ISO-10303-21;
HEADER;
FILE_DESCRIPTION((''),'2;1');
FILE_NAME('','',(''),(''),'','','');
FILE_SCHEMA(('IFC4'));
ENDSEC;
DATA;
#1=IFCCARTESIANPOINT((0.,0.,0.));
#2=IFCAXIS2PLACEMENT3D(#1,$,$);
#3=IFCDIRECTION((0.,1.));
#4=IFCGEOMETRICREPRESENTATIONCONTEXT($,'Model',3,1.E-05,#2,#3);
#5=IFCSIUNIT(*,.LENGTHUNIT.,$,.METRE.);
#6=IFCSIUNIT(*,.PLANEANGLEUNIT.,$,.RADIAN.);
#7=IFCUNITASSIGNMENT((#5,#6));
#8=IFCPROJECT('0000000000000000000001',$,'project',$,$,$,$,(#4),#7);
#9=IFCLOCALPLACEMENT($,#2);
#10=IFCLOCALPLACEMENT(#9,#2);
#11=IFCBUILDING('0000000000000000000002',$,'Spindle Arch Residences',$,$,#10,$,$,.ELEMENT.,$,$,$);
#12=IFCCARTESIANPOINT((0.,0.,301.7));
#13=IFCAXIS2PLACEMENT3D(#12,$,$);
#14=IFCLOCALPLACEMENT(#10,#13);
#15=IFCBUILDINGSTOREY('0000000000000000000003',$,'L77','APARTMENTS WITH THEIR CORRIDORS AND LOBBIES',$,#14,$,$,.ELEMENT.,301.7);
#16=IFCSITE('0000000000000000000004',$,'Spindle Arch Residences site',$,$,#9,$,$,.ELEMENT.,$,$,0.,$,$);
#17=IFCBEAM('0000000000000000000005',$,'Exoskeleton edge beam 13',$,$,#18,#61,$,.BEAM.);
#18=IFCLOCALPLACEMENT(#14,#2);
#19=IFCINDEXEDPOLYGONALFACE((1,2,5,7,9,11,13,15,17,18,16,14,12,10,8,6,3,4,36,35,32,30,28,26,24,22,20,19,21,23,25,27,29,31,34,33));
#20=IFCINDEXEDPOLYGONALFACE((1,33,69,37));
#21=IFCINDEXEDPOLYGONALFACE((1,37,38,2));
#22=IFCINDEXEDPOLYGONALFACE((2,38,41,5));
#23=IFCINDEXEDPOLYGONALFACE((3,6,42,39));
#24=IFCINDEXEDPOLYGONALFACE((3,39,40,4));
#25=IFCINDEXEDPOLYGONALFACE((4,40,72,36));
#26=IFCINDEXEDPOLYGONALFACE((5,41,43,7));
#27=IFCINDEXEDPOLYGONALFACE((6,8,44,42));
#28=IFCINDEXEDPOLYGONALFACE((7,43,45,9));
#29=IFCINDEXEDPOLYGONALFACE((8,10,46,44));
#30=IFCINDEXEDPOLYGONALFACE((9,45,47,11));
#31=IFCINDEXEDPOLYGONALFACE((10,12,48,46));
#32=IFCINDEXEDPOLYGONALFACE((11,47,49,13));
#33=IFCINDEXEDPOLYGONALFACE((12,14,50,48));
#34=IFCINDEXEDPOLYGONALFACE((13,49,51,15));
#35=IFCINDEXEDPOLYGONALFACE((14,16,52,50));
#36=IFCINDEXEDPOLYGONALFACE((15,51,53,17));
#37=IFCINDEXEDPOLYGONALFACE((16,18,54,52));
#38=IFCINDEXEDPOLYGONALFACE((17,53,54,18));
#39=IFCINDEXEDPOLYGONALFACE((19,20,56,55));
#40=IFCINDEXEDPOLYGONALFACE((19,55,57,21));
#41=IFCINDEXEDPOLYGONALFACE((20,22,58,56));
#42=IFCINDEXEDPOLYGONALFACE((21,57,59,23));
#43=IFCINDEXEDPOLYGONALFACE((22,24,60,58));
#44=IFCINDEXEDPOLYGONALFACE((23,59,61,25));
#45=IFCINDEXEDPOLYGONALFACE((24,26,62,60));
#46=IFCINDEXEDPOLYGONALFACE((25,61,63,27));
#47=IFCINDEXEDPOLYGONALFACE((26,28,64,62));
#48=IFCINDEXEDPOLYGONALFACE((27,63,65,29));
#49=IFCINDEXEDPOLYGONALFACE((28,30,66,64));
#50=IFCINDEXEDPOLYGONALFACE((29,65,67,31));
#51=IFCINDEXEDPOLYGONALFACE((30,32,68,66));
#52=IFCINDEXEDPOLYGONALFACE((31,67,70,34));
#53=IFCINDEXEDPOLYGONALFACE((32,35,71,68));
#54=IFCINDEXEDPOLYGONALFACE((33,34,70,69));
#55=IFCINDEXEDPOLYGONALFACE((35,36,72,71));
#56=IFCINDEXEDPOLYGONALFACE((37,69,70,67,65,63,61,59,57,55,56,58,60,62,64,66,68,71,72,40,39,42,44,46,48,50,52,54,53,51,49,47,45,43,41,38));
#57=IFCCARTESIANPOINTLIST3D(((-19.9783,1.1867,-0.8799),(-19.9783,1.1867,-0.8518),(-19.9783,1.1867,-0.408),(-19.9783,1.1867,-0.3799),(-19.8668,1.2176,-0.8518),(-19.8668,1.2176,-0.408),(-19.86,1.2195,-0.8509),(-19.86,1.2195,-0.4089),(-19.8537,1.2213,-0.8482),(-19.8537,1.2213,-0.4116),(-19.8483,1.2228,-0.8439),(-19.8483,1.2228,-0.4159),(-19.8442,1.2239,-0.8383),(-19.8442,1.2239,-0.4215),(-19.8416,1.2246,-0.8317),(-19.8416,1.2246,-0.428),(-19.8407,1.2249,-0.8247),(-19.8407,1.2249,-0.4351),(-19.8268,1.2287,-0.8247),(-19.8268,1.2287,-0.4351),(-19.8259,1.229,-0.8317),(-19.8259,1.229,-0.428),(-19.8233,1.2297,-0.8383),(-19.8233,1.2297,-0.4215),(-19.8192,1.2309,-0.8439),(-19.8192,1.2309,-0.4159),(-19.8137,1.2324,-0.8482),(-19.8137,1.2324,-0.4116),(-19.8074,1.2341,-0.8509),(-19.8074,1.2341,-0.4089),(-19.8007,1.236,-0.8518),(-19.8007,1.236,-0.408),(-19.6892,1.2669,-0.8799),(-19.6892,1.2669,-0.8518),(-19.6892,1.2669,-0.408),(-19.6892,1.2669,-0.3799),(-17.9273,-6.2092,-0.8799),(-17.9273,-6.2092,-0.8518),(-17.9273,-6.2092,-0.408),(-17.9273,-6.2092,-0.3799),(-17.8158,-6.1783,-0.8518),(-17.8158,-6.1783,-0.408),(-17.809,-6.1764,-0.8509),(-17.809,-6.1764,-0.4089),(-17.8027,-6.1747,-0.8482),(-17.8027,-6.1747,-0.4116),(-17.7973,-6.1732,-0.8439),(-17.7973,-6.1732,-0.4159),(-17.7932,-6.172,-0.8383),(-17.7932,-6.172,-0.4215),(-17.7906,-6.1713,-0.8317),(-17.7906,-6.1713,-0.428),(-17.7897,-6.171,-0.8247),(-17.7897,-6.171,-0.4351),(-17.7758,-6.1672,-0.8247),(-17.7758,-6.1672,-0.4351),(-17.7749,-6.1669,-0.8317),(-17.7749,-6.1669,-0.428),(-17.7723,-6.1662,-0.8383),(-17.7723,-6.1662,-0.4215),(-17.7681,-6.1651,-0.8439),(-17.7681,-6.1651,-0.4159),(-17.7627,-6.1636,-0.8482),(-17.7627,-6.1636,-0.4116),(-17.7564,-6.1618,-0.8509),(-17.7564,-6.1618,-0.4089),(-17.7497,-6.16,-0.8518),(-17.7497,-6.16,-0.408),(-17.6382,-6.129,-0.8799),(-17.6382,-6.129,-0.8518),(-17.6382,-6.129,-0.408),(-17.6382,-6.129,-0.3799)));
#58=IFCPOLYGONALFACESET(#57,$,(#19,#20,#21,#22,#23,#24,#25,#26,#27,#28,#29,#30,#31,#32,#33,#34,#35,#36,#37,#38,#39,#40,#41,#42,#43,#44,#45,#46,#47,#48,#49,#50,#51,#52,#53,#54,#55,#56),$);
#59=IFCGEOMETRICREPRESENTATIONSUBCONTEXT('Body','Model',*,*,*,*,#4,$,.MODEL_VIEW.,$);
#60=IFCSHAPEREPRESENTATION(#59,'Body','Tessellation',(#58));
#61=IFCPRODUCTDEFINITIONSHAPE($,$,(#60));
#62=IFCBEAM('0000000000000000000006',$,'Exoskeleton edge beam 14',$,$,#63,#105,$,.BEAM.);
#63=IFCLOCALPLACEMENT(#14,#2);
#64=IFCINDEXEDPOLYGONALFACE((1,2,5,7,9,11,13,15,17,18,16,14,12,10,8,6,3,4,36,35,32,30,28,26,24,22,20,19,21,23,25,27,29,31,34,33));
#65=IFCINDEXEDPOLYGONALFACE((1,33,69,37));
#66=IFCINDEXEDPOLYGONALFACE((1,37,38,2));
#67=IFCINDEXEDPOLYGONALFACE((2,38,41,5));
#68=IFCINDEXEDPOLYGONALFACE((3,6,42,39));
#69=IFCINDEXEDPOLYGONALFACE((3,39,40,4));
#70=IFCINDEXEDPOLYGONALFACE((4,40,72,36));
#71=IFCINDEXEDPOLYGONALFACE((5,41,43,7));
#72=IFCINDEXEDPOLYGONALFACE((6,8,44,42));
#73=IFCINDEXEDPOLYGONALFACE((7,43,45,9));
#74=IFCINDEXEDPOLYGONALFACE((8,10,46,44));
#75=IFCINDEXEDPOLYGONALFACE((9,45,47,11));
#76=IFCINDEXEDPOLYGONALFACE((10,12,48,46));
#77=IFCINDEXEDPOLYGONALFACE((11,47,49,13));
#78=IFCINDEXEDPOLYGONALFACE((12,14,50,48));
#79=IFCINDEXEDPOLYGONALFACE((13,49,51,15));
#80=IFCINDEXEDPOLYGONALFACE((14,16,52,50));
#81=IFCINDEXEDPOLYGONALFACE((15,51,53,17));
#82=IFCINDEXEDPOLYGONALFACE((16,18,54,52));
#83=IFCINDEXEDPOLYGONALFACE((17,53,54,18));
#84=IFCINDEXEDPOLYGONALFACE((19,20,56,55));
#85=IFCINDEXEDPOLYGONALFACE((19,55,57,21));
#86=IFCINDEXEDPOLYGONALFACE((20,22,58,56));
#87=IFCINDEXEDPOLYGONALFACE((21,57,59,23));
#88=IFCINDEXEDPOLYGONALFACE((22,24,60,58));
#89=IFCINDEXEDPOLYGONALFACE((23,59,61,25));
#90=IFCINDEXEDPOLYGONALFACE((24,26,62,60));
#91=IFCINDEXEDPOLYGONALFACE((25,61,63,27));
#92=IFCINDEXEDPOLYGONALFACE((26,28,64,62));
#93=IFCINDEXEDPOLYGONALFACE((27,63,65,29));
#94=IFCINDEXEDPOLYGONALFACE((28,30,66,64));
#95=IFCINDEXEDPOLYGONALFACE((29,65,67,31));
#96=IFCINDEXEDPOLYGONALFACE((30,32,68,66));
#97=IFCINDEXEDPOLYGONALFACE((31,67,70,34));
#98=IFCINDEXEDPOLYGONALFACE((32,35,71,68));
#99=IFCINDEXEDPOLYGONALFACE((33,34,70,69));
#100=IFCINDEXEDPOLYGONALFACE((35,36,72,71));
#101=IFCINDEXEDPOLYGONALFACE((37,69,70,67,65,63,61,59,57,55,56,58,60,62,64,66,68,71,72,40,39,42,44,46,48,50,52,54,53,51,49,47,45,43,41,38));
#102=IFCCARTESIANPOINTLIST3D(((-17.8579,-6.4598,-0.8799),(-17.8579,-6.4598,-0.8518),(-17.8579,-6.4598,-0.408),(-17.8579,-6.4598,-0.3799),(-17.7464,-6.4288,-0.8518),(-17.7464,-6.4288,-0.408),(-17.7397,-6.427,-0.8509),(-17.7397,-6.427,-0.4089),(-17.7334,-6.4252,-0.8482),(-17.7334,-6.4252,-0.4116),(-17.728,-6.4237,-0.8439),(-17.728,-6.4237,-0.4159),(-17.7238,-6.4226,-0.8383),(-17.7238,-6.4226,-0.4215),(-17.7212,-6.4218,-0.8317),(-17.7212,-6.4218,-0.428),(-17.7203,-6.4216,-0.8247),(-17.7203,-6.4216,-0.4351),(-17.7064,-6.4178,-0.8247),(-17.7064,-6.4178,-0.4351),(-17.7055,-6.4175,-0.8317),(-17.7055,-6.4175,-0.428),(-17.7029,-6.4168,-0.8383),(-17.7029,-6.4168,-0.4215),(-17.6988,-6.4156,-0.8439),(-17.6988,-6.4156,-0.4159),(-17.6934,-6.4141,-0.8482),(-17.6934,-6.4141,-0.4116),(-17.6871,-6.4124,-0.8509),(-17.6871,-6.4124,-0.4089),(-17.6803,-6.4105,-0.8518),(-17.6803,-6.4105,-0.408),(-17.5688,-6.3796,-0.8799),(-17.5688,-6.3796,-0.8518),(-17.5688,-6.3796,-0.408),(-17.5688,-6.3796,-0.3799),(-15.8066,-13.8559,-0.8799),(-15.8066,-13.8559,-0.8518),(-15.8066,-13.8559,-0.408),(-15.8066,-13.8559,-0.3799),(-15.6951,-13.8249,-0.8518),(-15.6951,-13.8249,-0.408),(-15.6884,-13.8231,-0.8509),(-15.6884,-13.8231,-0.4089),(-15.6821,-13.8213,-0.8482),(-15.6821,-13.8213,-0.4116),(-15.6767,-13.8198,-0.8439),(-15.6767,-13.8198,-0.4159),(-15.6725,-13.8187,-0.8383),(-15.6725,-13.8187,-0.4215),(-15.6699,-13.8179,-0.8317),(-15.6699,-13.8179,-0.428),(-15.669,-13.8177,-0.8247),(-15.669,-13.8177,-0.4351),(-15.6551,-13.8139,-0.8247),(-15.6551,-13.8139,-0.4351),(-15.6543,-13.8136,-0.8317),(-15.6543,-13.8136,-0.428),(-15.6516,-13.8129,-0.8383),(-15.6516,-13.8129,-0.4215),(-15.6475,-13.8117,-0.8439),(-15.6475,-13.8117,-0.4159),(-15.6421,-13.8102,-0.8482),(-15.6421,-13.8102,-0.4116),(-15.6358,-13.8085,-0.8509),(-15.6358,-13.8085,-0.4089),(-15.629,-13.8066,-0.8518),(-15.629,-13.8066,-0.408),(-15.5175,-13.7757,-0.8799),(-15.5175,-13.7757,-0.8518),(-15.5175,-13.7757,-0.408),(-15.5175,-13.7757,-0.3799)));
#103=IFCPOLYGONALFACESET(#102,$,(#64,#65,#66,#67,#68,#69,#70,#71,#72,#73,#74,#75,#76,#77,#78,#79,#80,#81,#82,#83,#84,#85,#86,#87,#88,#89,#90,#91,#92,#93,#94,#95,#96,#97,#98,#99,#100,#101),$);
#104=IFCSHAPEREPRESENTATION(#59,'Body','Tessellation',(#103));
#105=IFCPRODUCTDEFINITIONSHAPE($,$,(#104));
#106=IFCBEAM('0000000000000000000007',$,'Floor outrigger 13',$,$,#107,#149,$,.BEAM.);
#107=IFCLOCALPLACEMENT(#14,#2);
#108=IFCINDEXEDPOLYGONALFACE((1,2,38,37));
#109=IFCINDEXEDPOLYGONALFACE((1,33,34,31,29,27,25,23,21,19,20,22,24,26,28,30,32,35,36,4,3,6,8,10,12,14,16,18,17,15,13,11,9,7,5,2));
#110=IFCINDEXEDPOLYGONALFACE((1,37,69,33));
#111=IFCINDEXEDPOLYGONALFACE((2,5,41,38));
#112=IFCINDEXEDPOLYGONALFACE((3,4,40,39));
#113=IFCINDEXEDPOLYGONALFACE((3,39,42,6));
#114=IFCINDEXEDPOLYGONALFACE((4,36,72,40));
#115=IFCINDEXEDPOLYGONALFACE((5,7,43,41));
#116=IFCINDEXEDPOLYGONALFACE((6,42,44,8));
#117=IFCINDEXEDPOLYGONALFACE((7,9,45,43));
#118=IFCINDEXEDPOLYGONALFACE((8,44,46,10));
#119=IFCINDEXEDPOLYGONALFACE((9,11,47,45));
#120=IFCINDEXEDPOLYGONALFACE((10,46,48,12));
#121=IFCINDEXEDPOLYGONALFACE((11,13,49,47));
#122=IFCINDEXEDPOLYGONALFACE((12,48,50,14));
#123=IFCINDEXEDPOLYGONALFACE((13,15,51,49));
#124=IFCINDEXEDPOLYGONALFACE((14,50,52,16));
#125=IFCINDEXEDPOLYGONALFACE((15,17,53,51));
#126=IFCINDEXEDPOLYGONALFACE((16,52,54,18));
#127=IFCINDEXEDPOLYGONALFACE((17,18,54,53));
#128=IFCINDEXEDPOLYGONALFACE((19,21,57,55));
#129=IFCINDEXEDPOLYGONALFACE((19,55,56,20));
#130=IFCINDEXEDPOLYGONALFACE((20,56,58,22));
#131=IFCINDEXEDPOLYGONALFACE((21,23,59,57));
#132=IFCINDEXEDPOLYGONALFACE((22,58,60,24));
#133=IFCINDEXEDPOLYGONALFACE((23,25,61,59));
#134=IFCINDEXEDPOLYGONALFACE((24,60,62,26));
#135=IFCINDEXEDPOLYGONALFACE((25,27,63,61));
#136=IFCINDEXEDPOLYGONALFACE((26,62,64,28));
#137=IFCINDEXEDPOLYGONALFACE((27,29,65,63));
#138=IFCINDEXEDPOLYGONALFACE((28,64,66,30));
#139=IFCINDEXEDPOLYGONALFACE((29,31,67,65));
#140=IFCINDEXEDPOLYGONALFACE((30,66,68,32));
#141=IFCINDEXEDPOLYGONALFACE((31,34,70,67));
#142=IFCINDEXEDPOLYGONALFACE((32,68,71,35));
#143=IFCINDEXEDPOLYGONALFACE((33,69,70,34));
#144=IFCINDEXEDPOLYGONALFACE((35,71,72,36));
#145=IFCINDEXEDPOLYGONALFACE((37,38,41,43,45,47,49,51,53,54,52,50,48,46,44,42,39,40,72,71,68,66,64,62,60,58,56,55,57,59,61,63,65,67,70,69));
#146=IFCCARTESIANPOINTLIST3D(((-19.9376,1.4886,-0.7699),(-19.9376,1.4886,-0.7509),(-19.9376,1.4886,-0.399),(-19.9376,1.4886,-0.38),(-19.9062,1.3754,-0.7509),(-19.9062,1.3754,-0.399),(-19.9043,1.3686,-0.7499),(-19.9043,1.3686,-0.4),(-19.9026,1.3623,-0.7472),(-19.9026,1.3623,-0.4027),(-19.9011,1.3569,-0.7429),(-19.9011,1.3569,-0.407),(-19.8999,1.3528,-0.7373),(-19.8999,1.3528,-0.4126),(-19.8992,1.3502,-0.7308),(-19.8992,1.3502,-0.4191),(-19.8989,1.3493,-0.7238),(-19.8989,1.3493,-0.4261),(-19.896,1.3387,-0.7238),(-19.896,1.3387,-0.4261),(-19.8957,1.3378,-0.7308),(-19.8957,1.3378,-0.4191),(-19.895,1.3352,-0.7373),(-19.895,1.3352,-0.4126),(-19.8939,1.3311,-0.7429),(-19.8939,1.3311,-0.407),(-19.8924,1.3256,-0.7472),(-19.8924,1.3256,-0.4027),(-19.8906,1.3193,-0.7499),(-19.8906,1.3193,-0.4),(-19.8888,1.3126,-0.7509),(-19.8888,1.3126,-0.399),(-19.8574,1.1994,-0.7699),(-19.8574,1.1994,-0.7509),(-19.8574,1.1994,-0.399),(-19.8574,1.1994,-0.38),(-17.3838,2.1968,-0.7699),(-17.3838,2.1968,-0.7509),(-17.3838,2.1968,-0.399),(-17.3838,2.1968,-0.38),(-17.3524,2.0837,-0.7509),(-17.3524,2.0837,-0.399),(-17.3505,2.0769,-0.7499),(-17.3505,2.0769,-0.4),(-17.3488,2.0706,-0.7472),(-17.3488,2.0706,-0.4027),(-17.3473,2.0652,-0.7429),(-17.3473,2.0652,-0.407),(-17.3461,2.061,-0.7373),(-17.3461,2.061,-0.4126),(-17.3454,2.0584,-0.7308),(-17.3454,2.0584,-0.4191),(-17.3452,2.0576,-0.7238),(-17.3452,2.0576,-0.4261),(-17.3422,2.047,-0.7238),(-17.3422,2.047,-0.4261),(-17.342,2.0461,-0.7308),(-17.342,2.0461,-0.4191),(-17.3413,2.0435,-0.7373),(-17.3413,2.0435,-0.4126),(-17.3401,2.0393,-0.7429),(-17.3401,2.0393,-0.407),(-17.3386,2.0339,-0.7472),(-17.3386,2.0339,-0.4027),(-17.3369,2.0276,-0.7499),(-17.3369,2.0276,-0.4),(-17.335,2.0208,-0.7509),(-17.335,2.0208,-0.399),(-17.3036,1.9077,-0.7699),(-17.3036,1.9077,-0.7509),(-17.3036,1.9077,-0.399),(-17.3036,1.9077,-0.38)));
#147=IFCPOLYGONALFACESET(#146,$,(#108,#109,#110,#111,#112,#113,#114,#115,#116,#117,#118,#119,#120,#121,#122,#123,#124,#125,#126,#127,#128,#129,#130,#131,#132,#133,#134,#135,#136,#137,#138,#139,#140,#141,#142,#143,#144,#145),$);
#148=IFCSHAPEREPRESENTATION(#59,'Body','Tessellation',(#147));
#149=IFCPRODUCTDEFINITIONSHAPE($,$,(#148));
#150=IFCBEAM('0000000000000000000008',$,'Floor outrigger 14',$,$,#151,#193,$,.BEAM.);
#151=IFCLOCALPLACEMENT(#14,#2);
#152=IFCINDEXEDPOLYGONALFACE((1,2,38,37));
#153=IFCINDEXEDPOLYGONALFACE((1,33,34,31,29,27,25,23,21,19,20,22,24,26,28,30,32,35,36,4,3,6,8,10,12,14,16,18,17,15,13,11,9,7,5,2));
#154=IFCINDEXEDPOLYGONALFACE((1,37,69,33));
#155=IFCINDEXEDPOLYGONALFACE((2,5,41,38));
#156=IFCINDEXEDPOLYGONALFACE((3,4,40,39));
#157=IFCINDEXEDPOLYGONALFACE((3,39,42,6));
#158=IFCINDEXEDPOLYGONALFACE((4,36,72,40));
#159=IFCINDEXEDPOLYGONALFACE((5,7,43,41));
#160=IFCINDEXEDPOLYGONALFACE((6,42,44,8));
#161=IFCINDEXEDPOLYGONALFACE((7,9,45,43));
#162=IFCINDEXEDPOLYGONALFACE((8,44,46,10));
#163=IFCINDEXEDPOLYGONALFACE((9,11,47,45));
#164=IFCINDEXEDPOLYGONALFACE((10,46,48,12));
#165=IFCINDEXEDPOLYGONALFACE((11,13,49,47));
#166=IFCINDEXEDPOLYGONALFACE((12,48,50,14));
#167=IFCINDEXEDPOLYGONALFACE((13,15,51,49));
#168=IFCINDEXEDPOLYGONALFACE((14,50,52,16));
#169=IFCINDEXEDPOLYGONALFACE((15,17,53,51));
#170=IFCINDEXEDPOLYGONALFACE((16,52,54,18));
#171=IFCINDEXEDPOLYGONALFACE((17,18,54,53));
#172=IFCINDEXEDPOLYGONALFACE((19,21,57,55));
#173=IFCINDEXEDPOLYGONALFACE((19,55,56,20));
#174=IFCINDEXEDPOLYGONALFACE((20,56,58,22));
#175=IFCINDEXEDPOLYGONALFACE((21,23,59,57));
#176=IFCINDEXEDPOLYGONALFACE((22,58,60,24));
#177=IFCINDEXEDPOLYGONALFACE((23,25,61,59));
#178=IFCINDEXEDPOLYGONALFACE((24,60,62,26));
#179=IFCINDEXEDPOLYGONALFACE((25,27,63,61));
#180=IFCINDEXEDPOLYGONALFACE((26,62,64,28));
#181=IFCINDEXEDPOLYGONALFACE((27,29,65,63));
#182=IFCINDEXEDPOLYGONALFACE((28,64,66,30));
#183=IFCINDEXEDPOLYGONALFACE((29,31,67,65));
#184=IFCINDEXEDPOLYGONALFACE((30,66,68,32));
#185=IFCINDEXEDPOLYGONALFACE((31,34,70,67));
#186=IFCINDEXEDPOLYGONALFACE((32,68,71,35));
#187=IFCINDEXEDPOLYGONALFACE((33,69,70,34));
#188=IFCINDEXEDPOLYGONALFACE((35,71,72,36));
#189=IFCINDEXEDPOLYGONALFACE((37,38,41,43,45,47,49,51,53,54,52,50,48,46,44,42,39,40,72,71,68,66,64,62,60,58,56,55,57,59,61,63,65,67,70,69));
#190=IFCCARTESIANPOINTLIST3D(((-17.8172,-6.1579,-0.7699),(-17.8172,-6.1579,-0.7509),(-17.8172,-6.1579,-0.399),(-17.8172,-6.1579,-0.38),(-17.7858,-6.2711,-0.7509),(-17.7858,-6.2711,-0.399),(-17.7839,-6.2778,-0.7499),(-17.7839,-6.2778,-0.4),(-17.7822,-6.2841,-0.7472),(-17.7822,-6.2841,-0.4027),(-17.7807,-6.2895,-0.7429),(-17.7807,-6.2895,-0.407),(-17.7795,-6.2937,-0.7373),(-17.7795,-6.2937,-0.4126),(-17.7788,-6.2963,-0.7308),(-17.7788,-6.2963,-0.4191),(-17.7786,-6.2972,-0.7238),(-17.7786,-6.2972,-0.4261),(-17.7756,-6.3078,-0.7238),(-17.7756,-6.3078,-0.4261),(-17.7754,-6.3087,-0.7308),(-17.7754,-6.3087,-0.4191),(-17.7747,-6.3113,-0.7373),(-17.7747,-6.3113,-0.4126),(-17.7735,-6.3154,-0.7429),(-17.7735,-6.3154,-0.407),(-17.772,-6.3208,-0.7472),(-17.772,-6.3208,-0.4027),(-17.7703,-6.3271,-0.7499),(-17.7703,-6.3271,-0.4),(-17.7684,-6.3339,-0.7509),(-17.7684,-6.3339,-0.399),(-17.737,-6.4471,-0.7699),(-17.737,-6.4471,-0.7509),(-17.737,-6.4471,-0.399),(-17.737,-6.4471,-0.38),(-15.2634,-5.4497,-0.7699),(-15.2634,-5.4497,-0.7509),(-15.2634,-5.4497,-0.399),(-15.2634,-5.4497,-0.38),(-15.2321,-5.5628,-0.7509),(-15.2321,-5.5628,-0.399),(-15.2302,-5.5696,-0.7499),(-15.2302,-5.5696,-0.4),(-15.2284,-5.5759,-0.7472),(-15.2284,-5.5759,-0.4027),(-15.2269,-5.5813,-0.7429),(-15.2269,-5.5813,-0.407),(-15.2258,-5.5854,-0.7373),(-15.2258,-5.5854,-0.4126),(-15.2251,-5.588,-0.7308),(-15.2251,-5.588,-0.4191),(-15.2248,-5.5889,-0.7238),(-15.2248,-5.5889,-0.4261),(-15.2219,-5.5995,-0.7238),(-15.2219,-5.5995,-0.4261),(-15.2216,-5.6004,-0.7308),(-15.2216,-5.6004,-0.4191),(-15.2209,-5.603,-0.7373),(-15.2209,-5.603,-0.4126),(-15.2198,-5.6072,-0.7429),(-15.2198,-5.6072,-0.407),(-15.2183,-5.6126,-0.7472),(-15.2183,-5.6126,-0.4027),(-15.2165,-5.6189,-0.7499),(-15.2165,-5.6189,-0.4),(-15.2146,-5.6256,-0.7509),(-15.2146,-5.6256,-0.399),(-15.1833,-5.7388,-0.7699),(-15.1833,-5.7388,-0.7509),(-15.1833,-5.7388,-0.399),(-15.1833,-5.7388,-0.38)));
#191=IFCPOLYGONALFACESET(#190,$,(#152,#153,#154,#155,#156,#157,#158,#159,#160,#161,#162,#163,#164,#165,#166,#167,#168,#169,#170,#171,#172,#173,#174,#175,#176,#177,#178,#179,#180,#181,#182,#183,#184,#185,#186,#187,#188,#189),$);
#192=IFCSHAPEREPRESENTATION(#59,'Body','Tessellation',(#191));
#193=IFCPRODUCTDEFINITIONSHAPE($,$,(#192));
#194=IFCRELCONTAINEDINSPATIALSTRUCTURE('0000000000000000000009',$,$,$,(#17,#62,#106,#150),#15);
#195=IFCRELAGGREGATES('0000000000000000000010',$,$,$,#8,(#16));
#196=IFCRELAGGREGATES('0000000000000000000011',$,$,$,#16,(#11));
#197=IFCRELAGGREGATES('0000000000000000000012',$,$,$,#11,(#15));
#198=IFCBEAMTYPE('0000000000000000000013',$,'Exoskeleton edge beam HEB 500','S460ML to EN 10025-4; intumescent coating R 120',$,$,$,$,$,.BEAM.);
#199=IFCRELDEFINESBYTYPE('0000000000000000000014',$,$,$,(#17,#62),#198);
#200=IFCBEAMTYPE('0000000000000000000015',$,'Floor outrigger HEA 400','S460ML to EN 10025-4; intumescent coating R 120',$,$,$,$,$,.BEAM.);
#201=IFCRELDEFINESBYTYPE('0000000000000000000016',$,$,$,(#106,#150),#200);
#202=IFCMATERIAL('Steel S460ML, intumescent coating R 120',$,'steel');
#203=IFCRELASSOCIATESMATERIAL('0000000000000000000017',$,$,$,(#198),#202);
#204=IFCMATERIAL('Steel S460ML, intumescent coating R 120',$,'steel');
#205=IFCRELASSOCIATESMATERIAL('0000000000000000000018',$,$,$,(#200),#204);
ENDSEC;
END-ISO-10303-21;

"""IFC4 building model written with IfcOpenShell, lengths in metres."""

from ifc_helpers import new_model, si_unit, direction, frame, origin, origin_2d, place, context, subcontext, project, spatial, i_section, extrude, material, material_profile, profile_set, type_object, element, save


model = new_model("IFC4")

# Units and contexts
model_context = context("Model", 3, precision=1e-05, world=origin(), true_north=direction((0.0, 1.0)))
body_context = subcontext(model_context, "Body", "Model", "MODEL_VIEW")
ifc_project = project(units=[si_unit("LENGTHUNIT", "METRE"), si_unit("PLANEANGLEUNIT", "RADIAN")], contexts=[model_context])

# Site, building, storey
site_placement = place(None, origin())
site = spatial("IfcSite", under=ifc_project, at=site_placement, Name="Spindle Arch Residences site", CompositionType="ELEMENT", RefElevation=0.0)
building_placement = place(site_placement, origin())
building = spatial("IfcBuilding", under=site, at=building_placement, Name="Spindle Arch Residences", CompositionType="ELEMENT")
storey_placement = place(building_placement, frame((0.0, 0.0, 301.7)))
storey = spatial("IfcBuildingStorey", under=building, at=storey_placement, Name="L77", Description="APARTMENTS WITH THEIR CORRIDORS AND LOBBIES", CompositionType="ELEMENT", Elevation=301.7)

# Beams
ifc_material_1 = material(Name="Steel S460ML, intumescent coating R 120", Category="steel")
ifc_material_profile_1 = material_profile(ifc_material_1, i_section(OverallWidth=0.3, OverallDepth=0.5, WebThickness=0.0144, FlangeThickness=0.0281, FilletRadius=0.0271, at=origin_2d()), Name="HEB 500")
ifc_profile_set_1 = profile_set([ifc_material_profile_1], Name="Steel S460ML, intumescent coating R 120")
beam_type_1 = type_object("IfcBeamType", Name="Exoskeleton edge beam HEB 500", Description="S460ML to EN 10025-4; intumescent coating R 120", PredefinedType="BEAM", material=ifc_profile_set_1)
beam_1_placement = place(storey_placement, frame((-19.8337, 1.2268, -0.6299), z_axis=(0.26723, -0.963633, 0.0), x_axis=(0.963633, 0.26723, 0.0)))
element("IfcBeam", 1, at=beam_1_placement, inside=storey, type_object=beam_type_1, Name="Exoskeleton edge beam 13", PredefinedType="BEAM", context=body_context, shape_type="SweptSolid", body=[
    extrude(i_section(OverallWidth=0.3, OverallDepth=0.5, WebThickness=0.0144, FlangeThickness=0.0281, FilletRadius=0.0271, at=origin_2d()), origin(), (0.0, 0.0, 1.0), 7.675),
])
beam_2_placement = place(storey_placement, frame((-17.7134, -6.4197, -0.6299), z_axis=(0.26726, -0.963624, 0.0), x_axis=(0.963624, 0.26726, 0.0)))
element("IfcBeam", 2, at=beam_2_placement, inside=storey, type_object=beam_type_1, Name="Exoskeleton edge beam 14", PredefinedType="BEAM", context=body_context, shape_type="SweptSolid", body=[
    extrude(i_section(OverallWidth=0.3, OverallDepth=0.5, WebThickness=0.0144, FlangeThickness=0.0281, FilletRadius=0.0271, at=origin_2d()), origin(), (0.0, 0.0, 1.0), 7.6753),
])
ifc_material_2 = material(Name="Steel S460ML, intumescent coating R 120", Category="steel")
ifc_material_profile_2 = material_profile(ifc_material_2, i_section(OverallWidth=0.3, OverallDepth=0.3899, WebThickness=0.011, FlangeThickness=0.019, FilletRadius=0.0271, at=origin_2d()), Name="HEA 400")
ifc_profile_set_2 = profile_set([ifc_material_profile_2], Name="Steel S460ML, intumescent coating R 120")
beam_type_2 = type_object("IfcBeamType", Name="Floor outrigger HEA 400", Description="S460ML to EN 10025-4; intumescent coating R 120", PredefinedType="BEAM", material=ifc_profile_set_2)
for number, where, z_axis, x_axis, name in (
    (3, (-19.8975, 1.344, -0.575), (0.963626, 0.267254, 0.0), (-0.267254, 0.963626, 0.0), "Floor outrigger 13"),
    (4, (-17.7771, -6.3025, -0.575), (0.963626, 0.267254, 0.0), (-0.267254, 0.963626, 0.0), "Floor outrigger 14"),
):
    element("IfcBeam", number, at=place(storey_placement, frame(where, z_axis=z_axis, x_axis=x_axis)), inside=storey, type_object=beam_type_2, Name=name, PredefinedType="BEAM", context=body_context, shape_type="SweptSolid", body=[
        extrude(i_section(OverallWidth=0.3, OverallDepth=0.3899, WebThickness=0.011, FlangeThickness=0.019, FilletRadius=0.0271, at=origin_2d()), origin(), (0.0, 0.0, 1.0), 2.6501),
    ])

save(model, "model.ifc")
